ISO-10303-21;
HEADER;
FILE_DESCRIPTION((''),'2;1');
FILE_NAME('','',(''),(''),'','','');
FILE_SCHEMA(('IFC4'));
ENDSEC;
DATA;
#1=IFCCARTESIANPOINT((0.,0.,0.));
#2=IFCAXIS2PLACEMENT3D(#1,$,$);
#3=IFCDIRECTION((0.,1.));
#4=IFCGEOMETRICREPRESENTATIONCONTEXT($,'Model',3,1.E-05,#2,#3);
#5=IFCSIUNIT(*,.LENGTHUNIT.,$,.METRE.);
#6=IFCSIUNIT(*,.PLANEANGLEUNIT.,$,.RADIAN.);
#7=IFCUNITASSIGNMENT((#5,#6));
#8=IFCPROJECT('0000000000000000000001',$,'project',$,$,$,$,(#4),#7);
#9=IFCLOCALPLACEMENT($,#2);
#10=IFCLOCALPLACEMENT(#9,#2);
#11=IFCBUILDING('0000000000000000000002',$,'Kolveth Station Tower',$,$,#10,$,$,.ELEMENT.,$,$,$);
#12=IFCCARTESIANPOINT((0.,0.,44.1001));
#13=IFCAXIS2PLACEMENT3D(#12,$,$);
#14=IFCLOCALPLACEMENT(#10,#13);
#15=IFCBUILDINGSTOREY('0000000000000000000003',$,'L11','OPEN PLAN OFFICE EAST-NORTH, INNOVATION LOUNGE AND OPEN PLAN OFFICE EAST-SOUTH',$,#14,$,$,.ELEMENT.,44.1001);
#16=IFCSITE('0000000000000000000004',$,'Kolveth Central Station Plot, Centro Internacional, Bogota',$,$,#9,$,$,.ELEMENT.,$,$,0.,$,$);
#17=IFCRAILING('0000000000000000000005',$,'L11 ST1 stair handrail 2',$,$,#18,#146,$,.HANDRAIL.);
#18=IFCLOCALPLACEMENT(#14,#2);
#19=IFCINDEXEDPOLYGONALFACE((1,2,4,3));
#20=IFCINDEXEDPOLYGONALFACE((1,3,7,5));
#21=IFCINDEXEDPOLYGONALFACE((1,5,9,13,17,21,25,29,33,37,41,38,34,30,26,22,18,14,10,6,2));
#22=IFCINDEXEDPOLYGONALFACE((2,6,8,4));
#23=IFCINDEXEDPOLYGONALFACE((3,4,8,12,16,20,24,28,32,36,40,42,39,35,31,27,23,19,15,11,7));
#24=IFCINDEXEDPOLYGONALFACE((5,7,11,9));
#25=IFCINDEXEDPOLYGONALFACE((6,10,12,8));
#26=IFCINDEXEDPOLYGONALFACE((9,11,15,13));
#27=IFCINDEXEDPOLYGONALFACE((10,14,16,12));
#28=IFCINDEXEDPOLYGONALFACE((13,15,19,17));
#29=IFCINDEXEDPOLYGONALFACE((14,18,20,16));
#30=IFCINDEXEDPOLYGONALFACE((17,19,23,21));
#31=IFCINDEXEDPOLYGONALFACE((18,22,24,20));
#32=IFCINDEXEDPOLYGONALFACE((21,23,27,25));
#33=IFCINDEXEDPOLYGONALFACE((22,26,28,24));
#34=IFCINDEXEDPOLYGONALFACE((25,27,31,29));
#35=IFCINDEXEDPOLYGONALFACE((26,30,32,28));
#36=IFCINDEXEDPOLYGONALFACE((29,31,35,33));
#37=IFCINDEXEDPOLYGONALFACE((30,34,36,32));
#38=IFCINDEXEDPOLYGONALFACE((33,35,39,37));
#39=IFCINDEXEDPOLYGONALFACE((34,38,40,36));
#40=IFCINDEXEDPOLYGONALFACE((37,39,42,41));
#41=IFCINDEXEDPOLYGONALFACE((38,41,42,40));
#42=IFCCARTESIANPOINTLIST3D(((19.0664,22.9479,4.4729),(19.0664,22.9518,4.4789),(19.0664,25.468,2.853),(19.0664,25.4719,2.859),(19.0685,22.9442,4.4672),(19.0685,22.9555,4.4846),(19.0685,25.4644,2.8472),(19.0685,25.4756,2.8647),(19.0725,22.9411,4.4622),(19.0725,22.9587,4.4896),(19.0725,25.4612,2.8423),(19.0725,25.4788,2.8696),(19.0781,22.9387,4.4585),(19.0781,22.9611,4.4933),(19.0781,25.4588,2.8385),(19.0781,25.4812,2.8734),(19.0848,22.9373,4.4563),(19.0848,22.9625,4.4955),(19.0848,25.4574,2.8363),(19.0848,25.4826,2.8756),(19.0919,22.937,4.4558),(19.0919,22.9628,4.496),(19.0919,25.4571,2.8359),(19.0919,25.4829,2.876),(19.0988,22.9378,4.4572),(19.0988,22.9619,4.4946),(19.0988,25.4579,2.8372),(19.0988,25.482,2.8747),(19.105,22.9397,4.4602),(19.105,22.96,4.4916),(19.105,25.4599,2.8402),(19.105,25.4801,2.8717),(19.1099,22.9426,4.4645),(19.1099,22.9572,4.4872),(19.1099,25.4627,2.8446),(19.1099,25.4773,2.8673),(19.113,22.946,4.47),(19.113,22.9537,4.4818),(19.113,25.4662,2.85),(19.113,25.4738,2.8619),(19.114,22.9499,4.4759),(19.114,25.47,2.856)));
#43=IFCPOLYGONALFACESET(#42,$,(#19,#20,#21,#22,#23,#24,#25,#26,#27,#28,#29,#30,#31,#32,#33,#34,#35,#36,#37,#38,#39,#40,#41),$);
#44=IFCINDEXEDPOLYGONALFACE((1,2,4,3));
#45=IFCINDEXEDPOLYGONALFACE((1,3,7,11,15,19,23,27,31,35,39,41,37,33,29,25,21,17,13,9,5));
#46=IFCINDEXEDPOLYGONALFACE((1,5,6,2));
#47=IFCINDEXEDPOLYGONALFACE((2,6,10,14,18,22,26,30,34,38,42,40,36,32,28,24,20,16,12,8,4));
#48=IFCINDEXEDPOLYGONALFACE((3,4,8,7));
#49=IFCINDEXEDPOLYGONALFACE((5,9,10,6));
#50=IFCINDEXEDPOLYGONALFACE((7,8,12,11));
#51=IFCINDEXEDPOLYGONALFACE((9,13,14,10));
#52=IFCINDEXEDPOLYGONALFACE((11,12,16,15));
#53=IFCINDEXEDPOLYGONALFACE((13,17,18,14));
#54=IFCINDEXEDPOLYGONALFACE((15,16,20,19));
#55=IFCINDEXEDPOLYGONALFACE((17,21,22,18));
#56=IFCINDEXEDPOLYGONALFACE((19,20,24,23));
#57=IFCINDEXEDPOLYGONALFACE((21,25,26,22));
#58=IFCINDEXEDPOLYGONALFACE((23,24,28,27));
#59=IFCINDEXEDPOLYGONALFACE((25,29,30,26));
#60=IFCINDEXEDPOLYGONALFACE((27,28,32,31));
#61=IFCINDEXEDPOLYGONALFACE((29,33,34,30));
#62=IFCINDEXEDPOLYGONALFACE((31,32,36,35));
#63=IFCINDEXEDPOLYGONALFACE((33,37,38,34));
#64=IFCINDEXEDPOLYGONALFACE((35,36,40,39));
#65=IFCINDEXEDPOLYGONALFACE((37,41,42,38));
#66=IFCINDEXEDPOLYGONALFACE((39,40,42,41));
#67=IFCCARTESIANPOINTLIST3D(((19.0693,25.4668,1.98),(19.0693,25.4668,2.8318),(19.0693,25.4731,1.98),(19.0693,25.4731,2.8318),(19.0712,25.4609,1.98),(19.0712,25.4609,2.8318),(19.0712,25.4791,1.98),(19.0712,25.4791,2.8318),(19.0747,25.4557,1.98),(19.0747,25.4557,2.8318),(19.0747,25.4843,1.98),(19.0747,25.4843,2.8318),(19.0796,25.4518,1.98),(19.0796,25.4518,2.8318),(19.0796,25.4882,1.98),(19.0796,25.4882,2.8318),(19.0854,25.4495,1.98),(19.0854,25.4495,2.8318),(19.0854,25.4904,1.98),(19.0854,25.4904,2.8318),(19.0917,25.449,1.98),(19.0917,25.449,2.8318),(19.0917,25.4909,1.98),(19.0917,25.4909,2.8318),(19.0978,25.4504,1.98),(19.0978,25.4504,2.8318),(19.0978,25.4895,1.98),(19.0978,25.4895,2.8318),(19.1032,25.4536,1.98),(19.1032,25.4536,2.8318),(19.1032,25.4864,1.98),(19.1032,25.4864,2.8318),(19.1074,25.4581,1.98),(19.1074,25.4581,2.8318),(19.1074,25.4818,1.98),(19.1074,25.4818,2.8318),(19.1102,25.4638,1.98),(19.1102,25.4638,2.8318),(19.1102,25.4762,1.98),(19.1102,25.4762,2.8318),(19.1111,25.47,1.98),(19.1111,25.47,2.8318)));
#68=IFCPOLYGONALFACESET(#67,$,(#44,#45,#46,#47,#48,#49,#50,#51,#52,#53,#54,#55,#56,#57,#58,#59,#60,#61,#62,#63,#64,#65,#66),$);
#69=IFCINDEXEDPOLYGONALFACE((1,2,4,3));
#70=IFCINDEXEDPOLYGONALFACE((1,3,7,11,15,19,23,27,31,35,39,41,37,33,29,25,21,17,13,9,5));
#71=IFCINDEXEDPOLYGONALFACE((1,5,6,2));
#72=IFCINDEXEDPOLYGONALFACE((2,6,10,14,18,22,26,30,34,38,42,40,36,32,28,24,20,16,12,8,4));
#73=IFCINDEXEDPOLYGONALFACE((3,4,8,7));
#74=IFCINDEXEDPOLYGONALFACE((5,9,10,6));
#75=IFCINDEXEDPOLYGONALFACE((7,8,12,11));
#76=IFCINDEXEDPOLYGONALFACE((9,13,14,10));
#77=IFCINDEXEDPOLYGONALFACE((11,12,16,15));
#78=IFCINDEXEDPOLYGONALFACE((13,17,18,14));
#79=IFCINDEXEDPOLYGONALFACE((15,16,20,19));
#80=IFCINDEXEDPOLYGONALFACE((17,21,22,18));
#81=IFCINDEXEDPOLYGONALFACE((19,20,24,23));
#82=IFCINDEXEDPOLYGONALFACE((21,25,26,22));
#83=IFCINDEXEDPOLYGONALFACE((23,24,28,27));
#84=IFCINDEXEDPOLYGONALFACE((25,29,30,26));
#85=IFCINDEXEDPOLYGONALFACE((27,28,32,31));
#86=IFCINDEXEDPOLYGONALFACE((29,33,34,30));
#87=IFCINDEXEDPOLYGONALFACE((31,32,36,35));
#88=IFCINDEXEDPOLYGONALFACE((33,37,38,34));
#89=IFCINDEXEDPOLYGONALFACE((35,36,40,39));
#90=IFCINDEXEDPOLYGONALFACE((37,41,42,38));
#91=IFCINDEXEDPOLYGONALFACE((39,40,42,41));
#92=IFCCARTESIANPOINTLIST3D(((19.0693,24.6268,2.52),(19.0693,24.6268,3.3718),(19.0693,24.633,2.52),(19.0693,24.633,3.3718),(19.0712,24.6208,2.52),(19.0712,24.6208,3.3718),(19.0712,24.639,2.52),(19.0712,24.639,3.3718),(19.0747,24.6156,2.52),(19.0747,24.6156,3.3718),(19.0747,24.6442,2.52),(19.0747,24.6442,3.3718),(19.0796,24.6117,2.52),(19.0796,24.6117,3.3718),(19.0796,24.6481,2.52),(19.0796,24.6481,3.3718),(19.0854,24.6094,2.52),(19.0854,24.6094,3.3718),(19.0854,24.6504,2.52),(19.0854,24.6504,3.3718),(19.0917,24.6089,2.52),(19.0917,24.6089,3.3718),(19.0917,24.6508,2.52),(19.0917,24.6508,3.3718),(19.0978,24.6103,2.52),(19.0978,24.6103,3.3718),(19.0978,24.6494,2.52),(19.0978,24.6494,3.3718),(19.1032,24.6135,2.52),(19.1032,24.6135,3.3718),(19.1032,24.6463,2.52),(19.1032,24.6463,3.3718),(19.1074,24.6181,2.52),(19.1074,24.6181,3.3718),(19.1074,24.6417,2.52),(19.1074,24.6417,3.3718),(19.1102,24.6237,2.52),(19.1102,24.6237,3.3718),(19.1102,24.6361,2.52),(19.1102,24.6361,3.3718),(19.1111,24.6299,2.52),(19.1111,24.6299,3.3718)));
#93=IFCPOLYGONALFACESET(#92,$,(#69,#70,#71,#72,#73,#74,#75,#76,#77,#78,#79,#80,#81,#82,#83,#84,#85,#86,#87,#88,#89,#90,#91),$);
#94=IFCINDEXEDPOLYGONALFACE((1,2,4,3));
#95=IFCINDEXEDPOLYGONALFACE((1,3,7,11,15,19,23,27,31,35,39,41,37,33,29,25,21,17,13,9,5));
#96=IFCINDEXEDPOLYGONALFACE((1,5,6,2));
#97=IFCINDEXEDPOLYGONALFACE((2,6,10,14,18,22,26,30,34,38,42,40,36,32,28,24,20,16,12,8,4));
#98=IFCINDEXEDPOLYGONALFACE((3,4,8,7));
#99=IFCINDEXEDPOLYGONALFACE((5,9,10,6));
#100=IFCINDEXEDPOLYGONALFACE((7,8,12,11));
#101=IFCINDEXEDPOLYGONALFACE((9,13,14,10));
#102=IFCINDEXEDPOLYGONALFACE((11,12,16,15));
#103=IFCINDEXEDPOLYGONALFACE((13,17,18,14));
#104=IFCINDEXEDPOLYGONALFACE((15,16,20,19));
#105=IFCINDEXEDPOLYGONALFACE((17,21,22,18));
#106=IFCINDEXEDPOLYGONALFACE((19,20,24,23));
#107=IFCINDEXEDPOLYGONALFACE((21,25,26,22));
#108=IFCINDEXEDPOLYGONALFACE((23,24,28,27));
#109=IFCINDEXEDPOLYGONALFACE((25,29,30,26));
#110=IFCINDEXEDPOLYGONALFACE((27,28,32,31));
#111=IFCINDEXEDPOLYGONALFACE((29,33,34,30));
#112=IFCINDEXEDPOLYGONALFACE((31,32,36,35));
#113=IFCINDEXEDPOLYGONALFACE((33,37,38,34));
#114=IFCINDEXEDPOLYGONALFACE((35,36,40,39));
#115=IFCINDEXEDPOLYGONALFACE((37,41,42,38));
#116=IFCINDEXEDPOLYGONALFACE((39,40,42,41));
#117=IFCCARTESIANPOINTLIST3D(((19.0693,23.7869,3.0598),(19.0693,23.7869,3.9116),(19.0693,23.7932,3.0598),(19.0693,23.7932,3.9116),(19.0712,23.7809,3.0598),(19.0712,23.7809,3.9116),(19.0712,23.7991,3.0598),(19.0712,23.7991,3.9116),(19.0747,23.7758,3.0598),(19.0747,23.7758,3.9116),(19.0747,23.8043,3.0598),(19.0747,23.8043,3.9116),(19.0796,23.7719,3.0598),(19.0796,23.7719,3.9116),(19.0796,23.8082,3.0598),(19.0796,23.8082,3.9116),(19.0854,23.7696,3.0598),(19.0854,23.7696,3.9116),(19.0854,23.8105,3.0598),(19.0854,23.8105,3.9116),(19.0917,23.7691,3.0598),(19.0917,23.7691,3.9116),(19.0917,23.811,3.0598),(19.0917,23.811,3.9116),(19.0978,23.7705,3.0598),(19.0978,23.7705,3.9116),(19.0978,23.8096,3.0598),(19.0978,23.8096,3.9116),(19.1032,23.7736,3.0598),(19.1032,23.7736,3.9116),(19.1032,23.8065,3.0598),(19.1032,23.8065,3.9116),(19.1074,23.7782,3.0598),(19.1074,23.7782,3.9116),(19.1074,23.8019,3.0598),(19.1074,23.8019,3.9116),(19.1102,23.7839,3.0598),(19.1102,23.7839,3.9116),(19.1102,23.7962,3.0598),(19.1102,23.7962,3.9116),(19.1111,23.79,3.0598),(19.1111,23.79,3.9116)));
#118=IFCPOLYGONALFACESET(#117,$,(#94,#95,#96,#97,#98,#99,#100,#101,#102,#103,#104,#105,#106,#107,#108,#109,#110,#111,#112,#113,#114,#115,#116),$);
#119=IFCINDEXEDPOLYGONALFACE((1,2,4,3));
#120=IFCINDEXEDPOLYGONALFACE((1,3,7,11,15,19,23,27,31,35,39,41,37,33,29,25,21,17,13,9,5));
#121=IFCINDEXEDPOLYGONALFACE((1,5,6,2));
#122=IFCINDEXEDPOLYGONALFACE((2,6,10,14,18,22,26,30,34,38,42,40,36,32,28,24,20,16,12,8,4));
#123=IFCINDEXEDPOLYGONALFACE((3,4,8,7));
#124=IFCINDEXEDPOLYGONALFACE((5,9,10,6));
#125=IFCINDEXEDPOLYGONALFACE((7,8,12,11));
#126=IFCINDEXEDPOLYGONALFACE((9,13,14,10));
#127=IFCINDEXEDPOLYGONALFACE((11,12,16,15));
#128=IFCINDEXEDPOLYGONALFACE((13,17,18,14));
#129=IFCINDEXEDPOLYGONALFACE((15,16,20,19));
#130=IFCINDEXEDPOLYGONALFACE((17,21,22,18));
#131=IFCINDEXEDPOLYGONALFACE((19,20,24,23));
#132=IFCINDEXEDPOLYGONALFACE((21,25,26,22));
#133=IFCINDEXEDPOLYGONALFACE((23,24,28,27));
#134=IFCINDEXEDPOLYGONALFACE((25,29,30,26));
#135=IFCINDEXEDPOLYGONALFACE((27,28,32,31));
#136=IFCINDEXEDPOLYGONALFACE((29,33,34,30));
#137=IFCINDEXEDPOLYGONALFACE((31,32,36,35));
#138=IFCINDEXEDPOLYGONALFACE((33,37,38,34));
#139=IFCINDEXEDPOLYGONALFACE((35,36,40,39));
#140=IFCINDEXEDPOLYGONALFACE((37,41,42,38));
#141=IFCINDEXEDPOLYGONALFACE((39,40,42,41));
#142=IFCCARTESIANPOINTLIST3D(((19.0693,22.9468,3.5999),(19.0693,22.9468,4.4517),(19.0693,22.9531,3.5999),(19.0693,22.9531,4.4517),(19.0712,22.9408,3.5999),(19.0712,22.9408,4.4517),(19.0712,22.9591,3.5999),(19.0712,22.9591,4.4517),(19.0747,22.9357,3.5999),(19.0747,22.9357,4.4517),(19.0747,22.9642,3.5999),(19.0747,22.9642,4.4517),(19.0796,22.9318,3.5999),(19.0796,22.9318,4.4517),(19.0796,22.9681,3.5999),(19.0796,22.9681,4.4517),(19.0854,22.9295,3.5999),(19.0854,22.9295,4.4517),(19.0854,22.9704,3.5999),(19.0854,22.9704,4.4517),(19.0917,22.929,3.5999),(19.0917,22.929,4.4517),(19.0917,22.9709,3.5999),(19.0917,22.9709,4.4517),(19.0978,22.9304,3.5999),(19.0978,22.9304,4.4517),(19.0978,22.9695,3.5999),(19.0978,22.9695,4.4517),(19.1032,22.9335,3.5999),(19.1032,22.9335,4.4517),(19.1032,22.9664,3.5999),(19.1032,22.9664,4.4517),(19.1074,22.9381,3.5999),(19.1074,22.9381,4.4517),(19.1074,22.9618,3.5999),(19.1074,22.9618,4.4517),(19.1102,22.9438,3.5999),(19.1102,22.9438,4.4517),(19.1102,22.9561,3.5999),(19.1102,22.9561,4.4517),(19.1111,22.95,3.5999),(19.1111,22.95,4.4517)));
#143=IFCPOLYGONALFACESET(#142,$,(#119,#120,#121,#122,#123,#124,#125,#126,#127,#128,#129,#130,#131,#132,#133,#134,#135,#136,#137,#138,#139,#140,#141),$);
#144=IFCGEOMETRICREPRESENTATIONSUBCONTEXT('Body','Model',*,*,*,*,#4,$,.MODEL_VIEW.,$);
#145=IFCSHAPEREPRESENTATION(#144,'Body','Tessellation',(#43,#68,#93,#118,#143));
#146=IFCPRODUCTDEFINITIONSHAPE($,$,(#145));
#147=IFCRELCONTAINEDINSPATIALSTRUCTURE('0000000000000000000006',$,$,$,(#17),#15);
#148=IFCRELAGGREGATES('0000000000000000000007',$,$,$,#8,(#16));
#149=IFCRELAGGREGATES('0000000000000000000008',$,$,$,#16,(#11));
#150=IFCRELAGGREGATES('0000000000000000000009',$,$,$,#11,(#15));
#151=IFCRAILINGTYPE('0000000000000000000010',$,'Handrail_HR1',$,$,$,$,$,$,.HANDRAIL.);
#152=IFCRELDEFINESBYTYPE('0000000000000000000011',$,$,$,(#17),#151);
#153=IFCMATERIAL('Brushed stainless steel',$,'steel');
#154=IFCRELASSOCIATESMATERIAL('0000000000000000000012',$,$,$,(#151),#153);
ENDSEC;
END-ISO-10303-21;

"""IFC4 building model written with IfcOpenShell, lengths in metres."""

from ifc_helpers import new_model, si_unit, direction, frame, origin, origin_2d, place, context, subcontext, project, spatial, circle, extrude, material, type_object, element, save


model = new_model("IFC4")

# Units and contexts
model_context = context("Model", 3, precision=1e-05, world=origin(), true_north=direction((0.0, 1.0)))
body_context = subcontext(model_context, "Body", "Model", "MODEL_VIEW")
ifc_project = project(units=[si_unit("LENGTHUNIT", "METRE"), si_unit("PLANEANGLEUNIT", "RADIAN")], contexts=[model_context])

# Site, building, storey
site_placement = place(None, origin())
site = spatial("IfcSite", under=ifc_project, at=site_placement, Name="Kolveth Central Station Plot, Centro Internacional, Bogota", CompositionType="ELEMENT", RefElevation=0.0)
building_placement = place(site_placement, origin())
building = spatial("IfcBuilding", under=site, at=building_placement, Name="Kolveth Station Tower", CompositionType="ELEMENT")
storey_placement = place(building_placement, frame((0.0, 0.0, 44.1001)))
storey = spatial("IfcBuildingStorey", under=building, at=storey_placement, Name="L11", Description="OPEN PLAN OFFICE EAST-NORTH, INNOVATION LOUNGE AND OPEN PLAN OFFICE EAST-SOUTH", CompositionType="ELEMENT", Elevation=44.1001)

# Railing
ifc_material_1 = material(Name="Brushed stainless steel", Category="steel")
railing_type_1 = type_object("IfcRailingType", Name="Handrail_HR1", PredefinedType="HANDRAIL", material=ifc_material_1)
railing_1_placement = place(storey_placement, frame((19.0901, 25.47, 1.98)))
element("IfcRailing", 1, at=railing_1_placement, inside=storey, type_object=railing_type_1, Name="L11 ST1 stair handrail 2", PredefinedType="HANDRAIL", context=body_context, shape_type="SweptSolid", body=[
    extrude(circle(Radius=0.0239, at=origin_2d()), frame((0.0, 0.0, 0.876), z_axis=(0.0, -0.8412, 0.540725), x_axis=(1.0, 0.0, 0.0)), (0.0, 0.0, 1.0), 2.9958),
    extrude(circle(Radius=0.021, at=origin_2d()), origin(), (0.0, 0.0, 1.0), 0.8518),
    extrude(circle(Radius=0.021, at=origin_2d()), frame((0.0, -0.8401, 0.54)), (0.0, 0.0, 1.0), 0.8518),
    extrude(circle(Radius=0.021, at=origin_2d()), frame((0.0, -1.6799, 1.0798)), (0.0, 0.0, 1.0), 0.8518),
    extrude(circle(Radius=0.021, at=origin_2d()), frame((0.0, -2.52, 1.6199)), (0.0, 0.0, 1.0), 0.8518),
])

save(model, "model.ifc")
